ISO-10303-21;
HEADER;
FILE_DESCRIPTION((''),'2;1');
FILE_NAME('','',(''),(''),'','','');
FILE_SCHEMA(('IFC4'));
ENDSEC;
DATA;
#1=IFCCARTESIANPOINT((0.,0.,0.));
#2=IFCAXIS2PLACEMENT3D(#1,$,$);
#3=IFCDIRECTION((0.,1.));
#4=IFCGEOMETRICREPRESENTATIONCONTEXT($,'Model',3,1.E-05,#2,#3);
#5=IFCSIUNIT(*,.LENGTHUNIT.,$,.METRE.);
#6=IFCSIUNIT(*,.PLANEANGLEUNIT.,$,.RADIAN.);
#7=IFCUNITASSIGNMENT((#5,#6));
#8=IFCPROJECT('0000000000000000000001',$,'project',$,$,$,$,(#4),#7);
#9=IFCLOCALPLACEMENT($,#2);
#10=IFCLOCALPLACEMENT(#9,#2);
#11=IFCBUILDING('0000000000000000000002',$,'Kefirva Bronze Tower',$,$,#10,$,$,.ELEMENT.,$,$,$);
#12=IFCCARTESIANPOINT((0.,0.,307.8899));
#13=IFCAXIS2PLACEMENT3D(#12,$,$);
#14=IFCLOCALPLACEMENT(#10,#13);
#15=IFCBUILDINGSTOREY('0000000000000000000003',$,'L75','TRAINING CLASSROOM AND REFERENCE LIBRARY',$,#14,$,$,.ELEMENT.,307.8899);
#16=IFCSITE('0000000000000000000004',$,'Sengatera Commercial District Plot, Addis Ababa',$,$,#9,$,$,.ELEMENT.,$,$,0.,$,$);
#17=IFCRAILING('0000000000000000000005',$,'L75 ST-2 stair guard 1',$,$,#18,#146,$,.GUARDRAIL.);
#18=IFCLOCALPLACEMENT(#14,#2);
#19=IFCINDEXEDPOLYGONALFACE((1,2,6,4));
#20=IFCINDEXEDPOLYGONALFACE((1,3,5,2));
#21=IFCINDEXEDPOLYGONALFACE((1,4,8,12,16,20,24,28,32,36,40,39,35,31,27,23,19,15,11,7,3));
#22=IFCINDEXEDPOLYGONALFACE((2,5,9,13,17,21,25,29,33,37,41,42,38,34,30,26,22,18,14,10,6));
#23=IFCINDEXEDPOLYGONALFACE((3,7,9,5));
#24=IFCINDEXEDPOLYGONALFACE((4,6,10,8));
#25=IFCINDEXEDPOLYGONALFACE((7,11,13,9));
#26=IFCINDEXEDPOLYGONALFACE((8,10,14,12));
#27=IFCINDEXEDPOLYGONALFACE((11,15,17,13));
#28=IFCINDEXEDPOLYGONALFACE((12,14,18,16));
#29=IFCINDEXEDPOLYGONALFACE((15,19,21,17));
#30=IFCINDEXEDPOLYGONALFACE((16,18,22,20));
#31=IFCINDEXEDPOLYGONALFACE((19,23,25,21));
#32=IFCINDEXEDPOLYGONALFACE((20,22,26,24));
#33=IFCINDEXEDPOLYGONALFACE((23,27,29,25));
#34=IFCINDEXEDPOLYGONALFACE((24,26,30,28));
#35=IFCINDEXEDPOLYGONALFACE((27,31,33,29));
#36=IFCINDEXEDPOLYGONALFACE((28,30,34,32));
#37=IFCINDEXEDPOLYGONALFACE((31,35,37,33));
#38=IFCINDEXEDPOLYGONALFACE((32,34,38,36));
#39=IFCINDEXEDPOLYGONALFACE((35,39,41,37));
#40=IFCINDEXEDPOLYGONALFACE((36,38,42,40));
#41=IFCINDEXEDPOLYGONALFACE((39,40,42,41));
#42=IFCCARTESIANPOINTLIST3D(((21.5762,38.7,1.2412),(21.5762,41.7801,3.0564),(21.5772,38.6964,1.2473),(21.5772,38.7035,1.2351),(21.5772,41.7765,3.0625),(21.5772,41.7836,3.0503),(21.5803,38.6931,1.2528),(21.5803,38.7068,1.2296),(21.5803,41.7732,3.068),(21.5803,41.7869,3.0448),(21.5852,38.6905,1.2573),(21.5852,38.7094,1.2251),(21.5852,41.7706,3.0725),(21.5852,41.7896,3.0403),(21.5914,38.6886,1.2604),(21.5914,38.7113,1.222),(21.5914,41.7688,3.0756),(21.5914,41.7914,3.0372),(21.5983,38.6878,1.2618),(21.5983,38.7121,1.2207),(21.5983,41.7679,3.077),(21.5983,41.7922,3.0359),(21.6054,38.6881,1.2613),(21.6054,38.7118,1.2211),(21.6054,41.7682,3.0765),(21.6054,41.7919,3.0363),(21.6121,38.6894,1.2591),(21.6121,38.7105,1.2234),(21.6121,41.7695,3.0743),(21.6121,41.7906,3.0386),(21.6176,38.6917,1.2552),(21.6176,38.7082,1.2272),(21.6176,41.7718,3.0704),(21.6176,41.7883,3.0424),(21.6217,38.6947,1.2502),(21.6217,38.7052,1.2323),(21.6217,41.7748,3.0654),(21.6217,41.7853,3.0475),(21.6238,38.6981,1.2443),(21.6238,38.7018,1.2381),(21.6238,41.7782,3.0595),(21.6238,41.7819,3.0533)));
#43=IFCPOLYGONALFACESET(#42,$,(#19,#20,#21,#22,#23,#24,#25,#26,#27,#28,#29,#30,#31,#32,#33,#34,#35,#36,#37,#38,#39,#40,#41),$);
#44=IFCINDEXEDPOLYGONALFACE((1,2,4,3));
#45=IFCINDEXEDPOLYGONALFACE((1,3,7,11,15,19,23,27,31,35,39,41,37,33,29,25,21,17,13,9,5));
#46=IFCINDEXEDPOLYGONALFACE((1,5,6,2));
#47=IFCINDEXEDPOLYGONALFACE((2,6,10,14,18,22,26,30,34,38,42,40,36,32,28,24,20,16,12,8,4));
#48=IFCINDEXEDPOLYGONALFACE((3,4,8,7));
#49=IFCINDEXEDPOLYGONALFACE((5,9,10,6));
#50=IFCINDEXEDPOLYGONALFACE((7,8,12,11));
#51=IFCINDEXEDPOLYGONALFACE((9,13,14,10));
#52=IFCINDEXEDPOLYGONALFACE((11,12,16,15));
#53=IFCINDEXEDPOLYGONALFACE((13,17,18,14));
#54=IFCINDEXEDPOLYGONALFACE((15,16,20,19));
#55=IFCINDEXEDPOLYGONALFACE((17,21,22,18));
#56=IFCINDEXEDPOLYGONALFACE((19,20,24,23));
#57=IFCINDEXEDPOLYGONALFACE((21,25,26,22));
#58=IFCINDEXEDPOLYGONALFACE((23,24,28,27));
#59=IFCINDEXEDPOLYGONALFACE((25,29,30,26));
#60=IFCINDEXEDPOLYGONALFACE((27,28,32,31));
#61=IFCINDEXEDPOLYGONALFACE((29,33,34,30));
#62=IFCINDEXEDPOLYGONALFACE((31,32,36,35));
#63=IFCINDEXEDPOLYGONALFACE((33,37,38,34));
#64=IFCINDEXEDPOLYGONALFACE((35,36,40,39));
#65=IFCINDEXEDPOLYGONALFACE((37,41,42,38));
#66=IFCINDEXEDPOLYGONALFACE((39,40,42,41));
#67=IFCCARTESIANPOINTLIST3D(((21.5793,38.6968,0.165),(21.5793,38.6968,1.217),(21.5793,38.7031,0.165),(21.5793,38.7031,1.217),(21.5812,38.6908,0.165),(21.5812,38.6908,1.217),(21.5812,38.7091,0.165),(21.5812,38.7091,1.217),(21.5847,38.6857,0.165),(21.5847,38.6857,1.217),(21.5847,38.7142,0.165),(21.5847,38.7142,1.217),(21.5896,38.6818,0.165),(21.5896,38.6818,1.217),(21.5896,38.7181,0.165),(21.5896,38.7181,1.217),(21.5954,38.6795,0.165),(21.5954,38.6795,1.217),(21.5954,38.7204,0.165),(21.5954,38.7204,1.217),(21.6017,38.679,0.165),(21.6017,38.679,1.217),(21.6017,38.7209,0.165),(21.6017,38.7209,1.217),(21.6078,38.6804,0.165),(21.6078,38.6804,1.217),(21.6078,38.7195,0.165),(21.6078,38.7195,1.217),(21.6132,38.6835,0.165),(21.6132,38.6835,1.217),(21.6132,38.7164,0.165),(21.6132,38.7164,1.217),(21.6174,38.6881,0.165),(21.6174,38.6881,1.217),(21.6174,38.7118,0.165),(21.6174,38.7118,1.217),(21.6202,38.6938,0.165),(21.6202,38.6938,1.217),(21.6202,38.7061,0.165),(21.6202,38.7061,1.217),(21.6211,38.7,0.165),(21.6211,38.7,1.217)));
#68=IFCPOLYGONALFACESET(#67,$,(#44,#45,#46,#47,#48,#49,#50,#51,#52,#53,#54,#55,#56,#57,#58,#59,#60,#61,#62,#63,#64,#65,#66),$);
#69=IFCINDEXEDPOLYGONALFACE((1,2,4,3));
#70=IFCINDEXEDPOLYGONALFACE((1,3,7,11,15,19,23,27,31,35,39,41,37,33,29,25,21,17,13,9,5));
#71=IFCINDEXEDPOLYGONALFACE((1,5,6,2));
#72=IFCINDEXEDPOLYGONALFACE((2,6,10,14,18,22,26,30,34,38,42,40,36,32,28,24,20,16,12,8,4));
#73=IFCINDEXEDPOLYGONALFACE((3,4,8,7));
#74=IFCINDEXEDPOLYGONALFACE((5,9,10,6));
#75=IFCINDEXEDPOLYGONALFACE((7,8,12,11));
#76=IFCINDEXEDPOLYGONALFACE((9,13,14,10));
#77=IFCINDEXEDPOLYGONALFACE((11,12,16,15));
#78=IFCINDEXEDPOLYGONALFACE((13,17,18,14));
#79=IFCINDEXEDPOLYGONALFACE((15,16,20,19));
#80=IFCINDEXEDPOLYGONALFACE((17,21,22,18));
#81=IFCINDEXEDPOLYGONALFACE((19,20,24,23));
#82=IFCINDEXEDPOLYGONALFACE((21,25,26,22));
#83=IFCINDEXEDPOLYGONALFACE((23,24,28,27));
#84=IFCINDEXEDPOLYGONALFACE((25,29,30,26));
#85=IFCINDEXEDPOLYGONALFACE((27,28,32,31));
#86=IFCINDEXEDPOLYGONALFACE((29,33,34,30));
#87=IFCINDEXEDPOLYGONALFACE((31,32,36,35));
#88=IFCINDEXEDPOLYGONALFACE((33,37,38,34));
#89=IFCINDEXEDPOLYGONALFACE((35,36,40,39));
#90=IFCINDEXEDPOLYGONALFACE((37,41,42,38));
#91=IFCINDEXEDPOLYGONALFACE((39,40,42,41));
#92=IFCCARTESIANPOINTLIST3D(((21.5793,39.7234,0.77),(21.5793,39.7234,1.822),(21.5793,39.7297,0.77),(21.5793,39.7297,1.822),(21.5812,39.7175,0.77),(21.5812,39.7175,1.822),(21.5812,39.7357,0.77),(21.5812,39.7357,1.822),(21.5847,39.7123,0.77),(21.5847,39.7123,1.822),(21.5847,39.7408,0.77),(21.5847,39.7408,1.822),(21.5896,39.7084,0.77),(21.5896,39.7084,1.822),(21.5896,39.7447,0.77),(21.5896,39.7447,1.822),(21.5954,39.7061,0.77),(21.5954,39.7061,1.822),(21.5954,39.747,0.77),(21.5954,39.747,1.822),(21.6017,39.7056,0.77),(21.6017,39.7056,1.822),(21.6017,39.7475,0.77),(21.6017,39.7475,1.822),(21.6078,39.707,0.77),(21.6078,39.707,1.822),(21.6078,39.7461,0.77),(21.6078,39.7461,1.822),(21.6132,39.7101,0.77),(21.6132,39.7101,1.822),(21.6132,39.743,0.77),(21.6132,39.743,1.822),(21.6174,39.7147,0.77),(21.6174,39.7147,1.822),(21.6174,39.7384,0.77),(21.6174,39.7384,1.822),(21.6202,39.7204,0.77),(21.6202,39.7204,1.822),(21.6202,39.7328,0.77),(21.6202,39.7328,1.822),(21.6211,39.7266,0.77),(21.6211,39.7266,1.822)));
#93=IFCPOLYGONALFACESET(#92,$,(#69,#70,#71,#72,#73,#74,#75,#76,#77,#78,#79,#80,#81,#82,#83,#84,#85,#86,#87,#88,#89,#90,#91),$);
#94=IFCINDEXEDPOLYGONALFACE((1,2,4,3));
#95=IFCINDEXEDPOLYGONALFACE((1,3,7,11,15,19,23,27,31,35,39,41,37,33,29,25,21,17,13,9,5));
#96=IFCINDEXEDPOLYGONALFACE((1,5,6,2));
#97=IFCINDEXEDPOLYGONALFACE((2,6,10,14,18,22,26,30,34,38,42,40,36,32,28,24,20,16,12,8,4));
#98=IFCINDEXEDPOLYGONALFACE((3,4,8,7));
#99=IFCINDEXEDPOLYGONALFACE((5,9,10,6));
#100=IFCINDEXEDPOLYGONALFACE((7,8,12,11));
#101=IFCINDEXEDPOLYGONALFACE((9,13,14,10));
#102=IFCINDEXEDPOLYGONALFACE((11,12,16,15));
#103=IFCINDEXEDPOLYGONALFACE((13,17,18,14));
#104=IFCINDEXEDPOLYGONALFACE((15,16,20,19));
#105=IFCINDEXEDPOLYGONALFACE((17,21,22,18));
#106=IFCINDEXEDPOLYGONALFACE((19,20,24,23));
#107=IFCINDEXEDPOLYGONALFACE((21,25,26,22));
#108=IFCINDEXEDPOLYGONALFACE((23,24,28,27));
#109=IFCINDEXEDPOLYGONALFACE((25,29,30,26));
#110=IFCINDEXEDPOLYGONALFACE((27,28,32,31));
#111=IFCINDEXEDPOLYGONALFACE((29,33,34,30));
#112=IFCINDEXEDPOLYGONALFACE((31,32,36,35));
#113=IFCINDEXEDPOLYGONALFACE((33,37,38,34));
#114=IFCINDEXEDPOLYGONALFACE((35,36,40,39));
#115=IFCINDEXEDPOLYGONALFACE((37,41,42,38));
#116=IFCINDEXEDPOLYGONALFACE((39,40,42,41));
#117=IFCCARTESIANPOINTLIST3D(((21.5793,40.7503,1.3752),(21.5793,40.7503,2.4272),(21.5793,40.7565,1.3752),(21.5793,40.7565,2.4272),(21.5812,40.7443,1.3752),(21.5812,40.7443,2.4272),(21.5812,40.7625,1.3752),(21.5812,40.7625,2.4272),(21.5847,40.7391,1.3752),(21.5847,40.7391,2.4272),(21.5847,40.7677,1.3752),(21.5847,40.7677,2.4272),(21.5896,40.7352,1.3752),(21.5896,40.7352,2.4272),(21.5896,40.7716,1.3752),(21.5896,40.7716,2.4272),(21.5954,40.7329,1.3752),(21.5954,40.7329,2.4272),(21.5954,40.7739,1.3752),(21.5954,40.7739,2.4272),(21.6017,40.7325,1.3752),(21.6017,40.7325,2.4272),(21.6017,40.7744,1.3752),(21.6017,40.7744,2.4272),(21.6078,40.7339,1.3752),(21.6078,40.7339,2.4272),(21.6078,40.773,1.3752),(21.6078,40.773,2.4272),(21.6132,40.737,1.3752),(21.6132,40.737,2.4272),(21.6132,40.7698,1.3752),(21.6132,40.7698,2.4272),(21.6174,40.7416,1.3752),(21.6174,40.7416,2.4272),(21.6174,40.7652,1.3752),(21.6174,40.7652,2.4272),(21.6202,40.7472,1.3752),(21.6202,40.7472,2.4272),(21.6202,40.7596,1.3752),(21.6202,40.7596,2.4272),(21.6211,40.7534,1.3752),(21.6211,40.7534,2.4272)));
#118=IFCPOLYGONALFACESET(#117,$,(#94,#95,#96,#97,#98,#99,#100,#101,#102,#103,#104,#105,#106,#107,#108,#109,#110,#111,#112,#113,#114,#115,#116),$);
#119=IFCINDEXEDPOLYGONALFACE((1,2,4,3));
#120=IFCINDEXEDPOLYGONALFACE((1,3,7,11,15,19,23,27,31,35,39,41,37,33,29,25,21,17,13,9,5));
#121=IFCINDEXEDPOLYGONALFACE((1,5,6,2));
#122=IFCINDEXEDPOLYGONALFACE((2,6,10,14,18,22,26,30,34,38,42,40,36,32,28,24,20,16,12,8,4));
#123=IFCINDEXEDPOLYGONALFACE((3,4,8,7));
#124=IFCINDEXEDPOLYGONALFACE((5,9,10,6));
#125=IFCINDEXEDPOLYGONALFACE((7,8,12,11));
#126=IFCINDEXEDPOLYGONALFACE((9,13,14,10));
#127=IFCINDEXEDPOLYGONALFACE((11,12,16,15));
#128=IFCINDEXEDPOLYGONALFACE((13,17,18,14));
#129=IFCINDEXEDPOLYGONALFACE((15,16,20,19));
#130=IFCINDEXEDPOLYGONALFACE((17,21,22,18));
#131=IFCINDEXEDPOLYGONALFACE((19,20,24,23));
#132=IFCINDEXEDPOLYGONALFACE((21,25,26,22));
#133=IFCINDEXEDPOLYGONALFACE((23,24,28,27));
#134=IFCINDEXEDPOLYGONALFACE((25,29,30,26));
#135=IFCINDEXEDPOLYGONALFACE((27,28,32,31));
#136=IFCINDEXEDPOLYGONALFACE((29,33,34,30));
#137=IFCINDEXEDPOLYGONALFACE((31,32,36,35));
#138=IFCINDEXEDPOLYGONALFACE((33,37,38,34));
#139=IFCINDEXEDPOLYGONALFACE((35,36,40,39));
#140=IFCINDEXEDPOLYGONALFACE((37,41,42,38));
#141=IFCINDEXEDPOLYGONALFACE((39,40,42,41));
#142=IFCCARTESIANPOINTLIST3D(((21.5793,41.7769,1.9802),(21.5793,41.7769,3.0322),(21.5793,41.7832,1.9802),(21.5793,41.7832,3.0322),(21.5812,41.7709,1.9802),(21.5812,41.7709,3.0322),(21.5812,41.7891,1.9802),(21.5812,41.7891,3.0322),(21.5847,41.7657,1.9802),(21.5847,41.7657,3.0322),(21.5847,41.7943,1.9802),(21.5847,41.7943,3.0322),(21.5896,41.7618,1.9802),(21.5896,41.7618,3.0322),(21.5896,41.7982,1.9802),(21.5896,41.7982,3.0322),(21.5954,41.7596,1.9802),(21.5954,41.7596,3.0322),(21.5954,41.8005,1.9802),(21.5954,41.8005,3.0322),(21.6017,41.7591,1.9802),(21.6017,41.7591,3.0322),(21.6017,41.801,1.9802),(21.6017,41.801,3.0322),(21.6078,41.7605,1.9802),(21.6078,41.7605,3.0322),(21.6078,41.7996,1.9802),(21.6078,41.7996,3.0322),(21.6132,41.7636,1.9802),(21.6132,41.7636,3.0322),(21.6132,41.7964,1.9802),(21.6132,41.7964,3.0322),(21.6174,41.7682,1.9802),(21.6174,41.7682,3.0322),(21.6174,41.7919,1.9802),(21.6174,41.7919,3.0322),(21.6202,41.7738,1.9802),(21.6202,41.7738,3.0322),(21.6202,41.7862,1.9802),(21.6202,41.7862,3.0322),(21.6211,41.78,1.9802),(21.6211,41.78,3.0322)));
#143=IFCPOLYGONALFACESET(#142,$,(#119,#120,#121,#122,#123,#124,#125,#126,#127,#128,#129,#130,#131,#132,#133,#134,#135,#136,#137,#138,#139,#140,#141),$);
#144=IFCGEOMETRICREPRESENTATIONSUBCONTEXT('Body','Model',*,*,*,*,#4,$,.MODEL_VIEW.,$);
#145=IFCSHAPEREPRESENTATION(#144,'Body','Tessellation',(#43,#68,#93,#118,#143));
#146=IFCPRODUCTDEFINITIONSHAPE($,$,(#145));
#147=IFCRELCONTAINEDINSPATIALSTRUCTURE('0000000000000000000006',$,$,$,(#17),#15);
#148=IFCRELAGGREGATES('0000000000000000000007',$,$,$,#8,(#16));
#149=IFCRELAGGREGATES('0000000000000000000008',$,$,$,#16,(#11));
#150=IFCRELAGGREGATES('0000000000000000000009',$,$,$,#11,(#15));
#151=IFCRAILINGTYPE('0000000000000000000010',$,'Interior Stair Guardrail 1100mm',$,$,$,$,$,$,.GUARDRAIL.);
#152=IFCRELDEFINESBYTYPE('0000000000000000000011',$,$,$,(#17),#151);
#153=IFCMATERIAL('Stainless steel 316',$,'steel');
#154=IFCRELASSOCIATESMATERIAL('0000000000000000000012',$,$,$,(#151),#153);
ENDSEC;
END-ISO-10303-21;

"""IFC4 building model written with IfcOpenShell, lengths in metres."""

from ifc_helpers import new_model, si_unit, direction, frame, origin, origin_2d, place, context, subcontext, project, spatial, circle, extrude, material, type_object, element, save


model = new_model("IFC4")

# Units and contexts
model_context = context("Model", 3, precision=1e-05, world=origin(), true_north=direction((0.0, 1.0)))
body_context = subcontext(model_context, "Body", "Model", "MODEL_VIEW")
ifc_project = project(units=[si_unit("LENGTHUNIT", "METRE"), si_unit("PLANEANGLEUNIT", "RADIAN")], contexts=[model_context])

# Site, building, storey
site_placement = place(None, origin())
site = spatial("IfcSite", under=ifc_project, at=site_placement, Name="Sengatera Commercial District Plot, Addis Ababa", CompositionType="ELEMENT", RefElevation=0.0)
building_placement = place(site_placement, origin())
building = spatial("IfcBuilding", under=site, at=building_placement, Name="Kefirva Bronze Tower", CompositionType="ELEMENT")
storey_placement = place(building_placement, frame((0.0, 0.0, 307.8899)))
storey = spatial("IfcBuildingStorey", under=building, at=storey_placement, Name="L75", Description="TRAINING CLASSROOM AND REFERENCE LIBRARY", CompositionType="ELEMENT", Elevation=307.8899)

# Railing
ifc_material_1 = material(Name="Stainless steel 316", Category="steel")
railing_type_1 = type_object("IfcRailingType", Name="Interior Stair Guardrail 1100mm", PredefinedType="GUARDRAIL", material=ifc_material_1)
railing_1_placement = place(storey_placement, frame((21.6001, 38.7, 0.165)))
element("IfcRailing", 1, at=railing_1_placement, inside=storey, type_object=railing_type_1, Name="L75 ST-2 stair guard 1", PredefinedType="GUARDRAIL", context=body_context, shape_type="SweptSolid", body=[
    extrude(circle(Radius=0.0239, at=origin_2d()), frame((0.0, 0.0, 1.0762), z_axis=(0.0, 0.861521, 0.507721), x_axis=(-1.0, 0.0, 0.0)), (0.0, 0.0, 1.0), 3.5752),
    extrude(circle(Radius=0.021, at=origin_2d()), origin(), (0.0, 0.0, 1.0), 1.052),
    extrude(circle(Radius=0.021, at=origin_2d()), frame((0.0, 1.0266, 0.605)), (0.0, 0.0, 1.0), 1.052),
    extrude(circle(Radius=0.021, at=origin_2d()), frame((0.0, 2.0535, 1.2102)), (0.0, 0.0, 1.0), 1.052),
    extrude(circle(Radius=0.021, at=origin_2d()), frame((0.0, 3.0801, 1.8152)), (0.0, 0.0, 1.0), 1.052),
])

save(model, "model.ifc")
